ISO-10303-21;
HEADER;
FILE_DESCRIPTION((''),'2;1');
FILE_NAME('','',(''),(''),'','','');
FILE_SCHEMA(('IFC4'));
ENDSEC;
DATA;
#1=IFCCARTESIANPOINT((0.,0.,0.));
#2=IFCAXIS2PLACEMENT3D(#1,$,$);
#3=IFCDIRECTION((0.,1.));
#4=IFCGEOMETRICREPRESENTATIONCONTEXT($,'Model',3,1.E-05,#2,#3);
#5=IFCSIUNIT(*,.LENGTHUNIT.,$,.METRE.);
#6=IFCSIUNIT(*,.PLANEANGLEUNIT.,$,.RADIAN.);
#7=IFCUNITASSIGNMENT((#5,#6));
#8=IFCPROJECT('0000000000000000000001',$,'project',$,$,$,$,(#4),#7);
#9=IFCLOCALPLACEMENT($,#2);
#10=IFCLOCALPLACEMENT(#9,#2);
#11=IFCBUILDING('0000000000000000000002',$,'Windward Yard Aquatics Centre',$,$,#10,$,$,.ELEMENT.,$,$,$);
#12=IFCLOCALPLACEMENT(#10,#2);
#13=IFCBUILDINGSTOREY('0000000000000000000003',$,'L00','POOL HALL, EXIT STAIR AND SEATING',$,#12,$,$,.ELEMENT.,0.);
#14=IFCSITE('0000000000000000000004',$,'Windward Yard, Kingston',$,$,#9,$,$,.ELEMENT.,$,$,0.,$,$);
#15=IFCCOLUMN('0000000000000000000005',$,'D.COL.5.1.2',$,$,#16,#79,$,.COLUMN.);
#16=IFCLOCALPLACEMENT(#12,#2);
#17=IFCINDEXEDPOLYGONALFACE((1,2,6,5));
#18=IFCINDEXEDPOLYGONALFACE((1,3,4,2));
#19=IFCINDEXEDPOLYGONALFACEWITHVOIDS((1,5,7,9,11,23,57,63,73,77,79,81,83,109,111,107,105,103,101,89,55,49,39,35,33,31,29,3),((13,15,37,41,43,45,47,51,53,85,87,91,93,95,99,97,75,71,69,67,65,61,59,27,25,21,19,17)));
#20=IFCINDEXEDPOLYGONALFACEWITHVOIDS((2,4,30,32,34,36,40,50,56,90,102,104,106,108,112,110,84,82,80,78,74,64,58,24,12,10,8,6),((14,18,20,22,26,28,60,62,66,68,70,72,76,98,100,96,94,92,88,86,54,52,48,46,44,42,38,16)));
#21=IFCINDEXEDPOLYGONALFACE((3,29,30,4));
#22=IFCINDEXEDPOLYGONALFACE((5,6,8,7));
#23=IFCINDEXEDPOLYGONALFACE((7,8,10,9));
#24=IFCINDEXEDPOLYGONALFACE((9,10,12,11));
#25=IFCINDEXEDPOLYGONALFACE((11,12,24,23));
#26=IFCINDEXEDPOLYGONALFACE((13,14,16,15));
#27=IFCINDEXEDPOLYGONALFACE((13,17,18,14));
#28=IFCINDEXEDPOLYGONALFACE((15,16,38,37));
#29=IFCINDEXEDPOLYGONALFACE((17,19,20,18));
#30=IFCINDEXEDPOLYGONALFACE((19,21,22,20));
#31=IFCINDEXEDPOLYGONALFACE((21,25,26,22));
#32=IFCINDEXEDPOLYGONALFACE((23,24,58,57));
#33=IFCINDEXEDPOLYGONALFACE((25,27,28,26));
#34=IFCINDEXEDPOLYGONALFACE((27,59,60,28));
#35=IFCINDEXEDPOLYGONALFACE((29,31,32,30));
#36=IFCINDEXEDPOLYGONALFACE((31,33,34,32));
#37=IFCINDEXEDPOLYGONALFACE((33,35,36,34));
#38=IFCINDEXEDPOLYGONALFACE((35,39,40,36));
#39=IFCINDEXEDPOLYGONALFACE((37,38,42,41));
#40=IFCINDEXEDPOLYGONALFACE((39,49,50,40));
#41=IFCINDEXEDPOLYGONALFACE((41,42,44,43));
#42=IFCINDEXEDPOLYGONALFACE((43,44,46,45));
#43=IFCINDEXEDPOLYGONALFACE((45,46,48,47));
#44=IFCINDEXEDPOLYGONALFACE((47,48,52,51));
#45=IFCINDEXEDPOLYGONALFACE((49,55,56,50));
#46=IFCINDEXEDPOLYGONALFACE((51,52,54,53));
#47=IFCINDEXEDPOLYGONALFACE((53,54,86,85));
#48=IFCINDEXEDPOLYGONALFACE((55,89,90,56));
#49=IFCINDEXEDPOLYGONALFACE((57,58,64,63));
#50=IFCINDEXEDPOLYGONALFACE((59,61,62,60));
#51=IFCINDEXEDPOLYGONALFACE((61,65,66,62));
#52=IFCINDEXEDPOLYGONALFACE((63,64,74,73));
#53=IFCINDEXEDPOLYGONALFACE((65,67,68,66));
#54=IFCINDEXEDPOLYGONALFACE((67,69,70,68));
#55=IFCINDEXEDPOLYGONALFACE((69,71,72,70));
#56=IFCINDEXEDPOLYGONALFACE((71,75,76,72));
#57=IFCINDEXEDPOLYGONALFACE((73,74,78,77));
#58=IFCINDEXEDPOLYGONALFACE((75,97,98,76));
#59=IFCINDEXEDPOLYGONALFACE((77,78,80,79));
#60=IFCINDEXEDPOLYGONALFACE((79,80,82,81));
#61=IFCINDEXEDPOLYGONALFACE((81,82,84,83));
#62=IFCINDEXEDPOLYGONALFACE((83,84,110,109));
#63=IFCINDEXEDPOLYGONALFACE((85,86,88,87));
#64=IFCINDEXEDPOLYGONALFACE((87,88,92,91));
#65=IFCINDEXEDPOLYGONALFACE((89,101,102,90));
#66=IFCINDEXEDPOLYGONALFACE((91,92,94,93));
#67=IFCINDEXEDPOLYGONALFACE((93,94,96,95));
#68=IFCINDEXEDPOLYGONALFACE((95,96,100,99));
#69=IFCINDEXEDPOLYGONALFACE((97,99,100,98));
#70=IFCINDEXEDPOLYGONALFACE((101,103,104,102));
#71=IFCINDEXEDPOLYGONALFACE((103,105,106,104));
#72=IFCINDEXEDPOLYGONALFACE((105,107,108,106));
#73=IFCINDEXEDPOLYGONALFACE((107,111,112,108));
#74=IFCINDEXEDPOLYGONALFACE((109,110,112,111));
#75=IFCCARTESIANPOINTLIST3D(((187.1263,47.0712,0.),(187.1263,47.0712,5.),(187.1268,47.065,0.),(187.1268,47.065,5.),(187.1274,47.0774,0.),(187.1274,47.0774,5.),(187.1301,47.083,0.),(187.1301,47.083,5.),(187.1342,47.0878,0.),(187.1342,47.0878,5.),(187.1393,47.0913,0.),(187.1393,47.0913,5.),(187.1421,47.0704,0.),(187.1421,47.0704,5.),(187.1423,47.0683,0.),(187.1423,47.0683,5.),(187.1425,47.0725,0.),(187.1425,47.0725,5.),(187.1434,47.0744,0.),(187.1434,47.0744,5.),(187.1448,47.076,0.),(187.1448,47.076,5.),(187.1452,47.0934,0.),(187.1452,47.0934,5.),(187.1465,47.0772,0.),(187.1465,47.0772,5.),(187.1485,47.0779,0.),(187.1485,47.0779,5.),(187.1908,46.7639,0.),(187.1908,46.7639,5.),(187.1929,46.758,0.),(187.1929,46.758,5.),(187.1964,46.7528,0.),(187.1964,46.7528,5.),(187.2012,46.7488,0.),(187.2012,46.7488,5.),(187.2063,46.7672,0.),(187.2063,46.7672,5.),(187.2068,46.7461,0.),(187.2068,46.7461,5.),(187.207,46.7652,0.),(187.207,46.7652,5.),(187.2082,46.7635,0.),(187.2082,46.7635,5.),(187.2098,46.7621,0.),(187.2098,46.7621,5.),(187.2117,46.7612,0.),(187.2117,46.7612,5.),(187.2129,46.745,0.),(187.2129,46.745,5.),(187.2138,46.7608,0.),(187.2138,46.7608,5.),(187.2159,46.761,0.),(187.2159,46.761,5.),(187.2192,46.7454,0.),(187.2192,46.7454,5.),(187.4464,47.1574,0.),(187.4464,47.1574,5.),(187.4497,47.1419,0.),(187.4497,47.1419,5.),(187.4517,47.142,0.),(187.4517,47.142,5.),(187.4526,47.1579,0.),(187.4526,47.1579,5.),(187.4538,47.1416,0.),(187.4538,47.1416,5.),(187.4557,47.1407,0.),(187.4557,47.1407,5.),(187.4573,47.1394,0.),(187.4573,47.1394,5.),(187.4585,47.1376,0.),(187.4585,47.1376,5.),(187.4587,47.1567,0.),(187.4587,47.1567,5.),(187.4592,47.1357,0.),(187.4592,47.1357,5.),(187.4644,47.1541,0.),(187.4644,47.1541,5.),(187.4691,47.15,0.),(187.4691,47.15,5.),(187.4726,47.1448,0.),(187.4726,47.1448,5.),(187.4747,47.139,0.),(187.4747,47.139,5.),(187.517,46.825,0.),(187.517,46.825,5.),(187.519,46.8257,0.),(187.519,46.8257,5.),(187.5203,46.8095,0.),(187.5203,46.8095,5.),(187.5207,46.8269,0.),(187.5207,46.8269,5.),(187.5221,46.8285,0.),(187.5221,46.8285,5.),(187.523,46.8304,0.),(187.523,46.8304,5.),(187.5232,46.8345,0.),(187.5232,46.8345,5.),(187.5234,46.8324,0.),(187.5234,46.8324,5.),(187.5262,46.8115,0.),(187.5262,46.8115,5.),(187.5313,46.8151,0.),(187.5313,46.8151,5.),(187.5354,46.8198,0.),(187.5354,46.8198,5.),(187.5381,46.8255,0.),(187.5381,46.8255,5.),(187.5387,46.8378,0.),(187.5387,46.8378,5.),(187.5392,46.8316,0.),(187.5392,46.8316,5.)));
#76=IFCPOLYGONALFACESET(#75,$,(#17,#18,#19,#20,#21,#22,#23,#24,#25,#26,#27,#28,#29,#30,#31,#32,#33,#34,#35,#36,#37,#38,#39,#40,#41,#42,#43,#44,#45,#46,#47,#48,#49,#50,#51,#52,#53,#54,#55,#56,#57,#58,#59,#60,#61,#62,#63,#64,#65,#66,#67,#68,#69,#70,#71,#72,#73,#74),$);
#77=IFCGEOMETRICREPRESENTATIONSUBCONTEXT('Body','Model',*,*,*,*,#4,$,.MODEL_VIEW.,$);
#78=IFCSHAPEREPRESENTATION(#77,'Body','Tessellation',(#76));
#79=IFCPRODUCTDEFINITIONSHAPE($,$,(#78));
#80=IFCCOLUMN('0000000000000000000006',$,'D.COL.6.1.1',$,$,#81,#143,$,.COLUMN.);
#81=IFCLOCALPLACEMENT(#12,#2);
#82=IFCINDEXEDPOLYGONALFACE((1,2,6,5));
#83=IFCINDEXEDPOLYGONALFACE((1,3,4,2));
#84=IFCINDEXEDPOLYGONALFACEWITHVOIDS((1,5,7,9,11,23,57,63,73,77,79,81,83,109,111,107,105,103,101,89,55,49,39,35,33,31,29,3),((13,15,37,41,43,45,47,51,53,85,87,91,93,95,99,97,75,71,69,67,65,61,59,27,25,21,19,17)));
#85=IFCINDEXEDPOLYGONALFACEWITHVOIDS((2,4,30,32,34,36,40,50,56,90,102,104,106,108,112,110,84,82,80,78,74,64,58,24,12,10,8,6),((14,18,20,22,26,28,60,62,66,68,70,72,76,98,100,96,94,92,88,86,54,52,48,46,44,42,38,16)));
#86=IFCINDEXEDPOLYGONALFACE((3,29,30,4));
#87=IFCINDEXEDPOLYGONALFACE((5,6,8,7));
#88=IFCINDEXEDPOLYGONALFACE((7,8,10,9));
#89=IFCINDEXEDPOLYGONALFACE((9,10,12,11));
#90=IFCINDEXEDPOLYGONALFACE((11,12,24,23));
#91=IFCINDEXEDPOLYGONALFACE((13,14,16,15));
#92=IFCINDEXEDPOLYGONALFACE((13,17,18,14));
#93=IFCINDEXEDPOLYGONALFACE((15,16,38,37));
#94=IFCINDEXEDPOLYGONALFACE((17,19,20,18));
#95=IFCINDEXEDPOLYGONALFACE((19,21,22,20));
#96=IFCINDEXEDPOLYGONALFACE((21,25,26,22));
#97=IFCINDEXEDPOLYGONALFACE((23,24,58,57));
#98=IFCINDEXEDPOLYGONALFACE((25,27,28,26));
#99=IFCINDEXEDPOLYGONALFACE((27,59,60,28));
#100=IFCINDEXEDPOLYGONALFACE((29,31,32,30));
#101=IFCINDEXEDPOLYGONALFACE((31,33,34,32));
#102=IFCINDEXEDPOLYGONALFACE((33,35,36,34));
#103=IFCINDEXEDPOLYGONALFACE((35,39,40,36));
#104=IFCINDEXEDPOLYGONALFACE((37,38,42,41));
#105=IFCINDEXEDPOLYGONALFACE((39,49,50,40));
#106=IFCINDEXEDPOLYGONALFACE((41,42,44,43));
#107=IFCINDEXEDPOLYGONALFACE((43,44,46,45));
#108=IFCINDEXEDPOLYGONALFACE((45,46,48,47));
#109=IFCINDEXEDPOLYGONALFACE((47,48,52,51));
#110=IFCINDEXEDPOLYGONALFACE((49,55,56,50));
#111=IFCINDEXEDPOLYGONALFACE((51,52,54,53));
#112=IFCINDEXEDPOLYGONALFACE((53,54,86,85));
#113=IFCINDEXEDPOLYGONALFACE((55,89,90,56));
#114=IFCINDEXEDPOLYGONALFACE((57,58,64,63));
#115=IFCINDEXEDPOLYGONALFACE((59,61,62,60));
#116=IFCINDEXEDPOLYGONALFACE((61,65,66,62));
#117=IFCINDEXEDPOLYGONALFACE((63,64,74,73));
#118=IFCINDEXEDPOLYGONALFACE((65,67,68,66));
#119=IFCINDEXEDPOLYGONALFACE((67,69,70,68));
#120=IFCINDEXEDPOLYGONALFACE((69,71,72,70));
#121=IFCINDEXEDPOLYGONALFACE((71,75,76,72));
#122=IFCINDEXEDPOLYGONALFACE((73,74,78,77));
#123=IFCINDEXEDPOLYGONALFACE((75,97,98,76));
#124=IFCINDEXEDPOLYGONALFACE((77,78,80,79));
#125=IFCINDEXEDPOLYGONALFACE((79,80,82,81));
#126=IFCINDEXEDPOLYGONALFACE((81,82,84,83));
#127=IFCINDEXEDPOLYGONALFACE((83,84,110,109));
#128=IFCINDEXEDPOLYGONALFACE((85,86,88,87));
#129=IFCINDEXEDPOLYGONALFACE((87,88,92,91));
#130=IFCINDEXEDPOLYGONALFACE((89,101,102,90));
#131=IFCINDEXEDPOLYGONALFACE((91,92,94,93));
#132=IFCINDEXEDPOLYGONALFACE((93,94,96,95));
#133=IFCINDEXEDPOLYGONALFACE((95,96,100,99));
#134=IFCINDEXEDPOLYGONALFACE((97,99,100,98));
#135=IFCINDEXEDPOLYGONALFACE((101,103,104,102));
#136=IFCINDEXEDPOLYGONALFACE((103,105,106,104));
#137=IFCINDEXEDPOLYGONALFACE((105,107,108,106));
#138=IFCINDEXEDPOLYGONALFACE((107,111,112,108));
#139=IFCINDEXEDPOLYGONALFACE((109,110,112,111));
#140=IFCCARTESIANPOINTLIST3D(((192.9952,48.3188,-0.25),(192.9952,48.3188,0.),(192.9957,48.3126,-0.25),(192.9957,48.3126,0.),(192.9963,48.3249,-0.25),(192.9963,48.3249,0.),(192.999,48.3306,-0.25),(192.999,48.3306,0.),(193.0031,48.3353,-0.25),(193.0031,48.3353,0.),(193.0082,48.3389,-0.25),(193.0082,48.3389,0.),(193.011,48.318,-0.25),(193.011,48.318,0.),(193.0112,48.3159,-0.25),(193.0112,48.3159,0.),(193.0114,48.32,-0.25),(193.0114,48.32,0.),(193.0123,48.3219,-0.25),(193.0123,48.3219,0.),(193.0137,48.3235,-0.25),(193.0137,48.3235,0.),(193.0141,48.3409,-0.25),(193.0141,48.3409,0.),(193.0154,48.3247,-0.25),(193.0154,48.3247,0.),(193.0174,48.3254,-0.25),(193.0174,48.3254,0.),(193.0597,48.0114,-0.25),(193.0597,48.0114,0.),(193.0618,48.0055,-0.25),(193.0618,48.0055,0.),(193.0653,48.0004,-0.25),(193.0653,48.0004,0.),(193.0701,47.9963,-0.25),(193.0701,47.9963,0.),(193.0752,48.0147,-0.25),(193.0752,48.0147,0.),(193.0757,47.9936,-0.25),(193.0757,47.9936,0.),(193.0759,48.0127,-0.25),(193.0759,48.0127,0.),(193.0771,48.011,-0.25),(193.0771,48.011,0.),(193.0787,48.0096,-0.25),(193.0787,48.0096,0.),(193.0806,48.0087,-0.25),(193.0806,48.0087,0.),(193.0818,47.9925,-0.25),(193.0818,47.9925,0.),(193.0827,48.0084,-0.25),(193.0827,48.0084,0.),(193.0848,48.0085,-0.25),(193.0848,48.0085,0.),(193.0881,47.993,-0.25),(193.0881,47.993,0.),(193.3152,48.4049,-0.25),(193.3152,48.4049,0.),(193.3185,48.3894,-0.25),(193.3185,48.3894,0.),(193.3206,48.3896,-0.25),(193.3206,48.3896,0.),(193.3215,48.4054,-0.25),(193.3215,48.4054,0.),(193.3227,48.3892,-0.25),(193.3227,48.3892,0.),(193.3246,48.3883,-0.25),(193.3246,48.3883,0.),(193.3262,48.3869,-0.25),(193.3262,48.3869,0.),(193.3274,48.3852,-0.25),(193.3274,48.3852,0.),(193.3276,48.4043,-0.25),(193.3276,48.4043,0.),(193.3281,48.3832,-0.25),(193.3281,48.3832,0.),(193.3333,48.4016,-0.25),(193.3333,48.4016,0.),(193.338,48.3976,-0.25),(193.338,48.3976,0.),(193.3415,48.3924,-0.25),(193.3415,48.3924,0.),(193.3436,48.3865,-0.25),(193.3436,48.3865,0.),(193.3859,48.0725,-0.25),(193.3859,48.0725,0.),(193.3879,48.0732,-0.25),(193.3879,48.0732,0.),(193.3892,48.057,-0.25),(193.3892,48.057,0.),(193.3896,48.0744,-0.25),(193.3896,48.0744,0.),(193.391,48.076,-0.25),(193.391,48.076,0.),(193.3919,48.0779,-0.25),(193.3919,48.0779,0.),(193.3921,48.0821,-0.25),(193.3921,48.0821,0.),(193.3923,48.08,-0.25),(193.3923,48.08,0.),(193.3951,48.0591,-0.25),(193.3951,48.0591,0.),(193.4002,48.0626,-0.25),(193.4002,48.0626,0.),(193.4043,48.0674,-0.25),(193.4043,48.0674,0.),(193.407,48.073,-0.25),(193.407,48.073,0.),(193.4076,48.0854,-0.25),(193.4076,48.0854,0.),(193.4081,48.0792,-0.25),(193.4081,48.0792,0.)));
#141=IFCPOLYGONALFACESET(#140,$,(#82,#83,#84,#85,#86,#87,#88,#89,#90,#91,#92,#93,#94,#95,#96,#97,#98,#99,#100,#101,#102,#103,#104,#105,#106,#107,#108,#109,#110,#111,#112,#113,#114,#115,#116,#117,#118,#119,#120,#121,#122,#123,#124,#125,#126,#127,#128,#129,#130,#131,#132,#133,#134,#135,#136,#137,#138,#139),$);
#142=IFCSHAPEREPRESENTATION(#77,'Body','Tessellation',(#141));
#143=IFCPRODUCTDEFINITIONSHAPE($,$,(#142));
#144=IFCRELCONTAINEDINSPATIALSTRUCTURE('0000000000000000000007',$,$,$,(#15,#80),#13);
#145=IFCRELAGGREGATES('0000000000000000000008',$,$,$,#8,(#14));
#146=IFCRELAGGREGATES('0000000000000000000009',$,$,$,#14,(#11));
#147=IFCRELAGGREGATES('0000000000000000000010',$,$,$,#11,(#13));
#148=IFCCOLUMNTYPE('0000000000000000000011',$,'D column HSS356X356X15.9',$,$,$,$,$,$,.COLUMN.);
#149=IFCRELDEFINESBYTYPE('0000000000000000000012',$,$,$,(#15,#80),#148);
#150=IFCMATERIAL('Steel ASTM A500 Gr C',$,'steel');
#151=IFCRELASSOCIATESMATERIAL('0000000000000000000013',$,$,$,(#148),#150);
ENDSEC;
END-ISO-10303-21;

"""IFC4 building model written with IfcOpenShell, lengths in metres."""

from ifc_helpers import new_model, si_unit, direction, frame, origin, origin_2d, place, context, subcontext, project, spatial, hollow_rectangle, extrude, material, material_profile, profile_set, type_object, element, save


model = new_model("IFC4")

# Units and contexts
model_context = context("Model", 3, precision=1e-05, world=origin(), true_north=direction((0.0, 1.0)))
body_context = subcontext(model_context, "Body", "Model", "MODEL_VIEW")
ifc_project = project(units=[si_unit("LENGTHUNIT", "METRE"), si_unit("PLANEANGLEUNIT", "RADIAN")], contexts=[model_context])

# Site, building, storey
site_placement = place(None, origin())
site = spatial("IfcSite", under=ifc_project, at=site_placement, Name="Windward Yard, Kingston", CompositionType="ELEMENT", RefElevation=0.0)
building_placement = place(site_placement, origin())
building = spatial("IfcBuilding", under=site, at=building_placement, Name="Windward Yard Aquatics Centre", CompositionType="ELEMENT")
storey_placement = place(building_placement, origin())
storey = spatial("IfcBuildingStorey", under=building, at=storey_placement, Name="L00", Description="POOL HALL, EXIT STAIR AND SEATING", CompositionType="ELEMENT", Elevation=0.0)

# Columns
ifc_material_1 = material(Name="Steel ASTM A500 Gr C", Category="steel")
ifc_material_profile_1 = material_profile(ifc_material_1, hollow_rectangle(XDim=0.3557, YDim=0.3557, WallThickness=0.0159, InnerFilletRadius=0.0081, OuterFilletRadius=0.0239, at=origin_2d()), Name="HSS356X356X15.9")
ifc_profile_set_1 = profile_set([ifc_material_profile_1], Name="Steel ASTM A500 Gr C")
column_type_1 = type_object("IfcColumnType", Name="D column HSS356X356X15.9", PredefinedType="COLUMN", material=ifc_profile_set_1)
column_1_placement = place(storey_placement, frame((187.3328, 46.9514, 0.0), z_axis=(0.0, 0.0, 1.0), x_axis=(0.978148, 0.207912, 0.0)))
element("IfcColumn", 1, at=column_1_placement, inside=storey, type_object=column_type_1, Name="D.COL.5.1.2", PredefinedType="COLUMN", context=body_context, shape_type="SweptSolid", body=[
    extrude(hollow_rectangle(XDim=0.3557, YDim=0.3557, WallThickness=0.0159, InnerFilletRadius=0.0081, OuterFilletRadius=0.0239, at=origin_2d()), origin(), (0.0, 0.0, 1.0), 5.0),
])
column_2_placement = place(storey_placement, frame((193.2017, 48.199, -0.25), z_axis=(0.0, 0.0, 1.0), x_axis=(0.978148, 0.207912, 0.0)))
element("IfcColumn", 2, at=column_2_placement, inside=storey, type_object=column_type_1, Name="D.COL.6.1.1", PredefinedType="COLUMN", context=body_context, shape_type="SweptSolid", body=[
    extrude(hollow_rectangle(XDim=0.3557, YDim=0.3557, WallThickness=0.0159, InnerFilletRadius=0.0081, OuterFilletRadius=0.0239, at=origin_2d()), origin(), (0.0, 0.0, 1.0), 0.25),
])

save(model, "model.ifc")
